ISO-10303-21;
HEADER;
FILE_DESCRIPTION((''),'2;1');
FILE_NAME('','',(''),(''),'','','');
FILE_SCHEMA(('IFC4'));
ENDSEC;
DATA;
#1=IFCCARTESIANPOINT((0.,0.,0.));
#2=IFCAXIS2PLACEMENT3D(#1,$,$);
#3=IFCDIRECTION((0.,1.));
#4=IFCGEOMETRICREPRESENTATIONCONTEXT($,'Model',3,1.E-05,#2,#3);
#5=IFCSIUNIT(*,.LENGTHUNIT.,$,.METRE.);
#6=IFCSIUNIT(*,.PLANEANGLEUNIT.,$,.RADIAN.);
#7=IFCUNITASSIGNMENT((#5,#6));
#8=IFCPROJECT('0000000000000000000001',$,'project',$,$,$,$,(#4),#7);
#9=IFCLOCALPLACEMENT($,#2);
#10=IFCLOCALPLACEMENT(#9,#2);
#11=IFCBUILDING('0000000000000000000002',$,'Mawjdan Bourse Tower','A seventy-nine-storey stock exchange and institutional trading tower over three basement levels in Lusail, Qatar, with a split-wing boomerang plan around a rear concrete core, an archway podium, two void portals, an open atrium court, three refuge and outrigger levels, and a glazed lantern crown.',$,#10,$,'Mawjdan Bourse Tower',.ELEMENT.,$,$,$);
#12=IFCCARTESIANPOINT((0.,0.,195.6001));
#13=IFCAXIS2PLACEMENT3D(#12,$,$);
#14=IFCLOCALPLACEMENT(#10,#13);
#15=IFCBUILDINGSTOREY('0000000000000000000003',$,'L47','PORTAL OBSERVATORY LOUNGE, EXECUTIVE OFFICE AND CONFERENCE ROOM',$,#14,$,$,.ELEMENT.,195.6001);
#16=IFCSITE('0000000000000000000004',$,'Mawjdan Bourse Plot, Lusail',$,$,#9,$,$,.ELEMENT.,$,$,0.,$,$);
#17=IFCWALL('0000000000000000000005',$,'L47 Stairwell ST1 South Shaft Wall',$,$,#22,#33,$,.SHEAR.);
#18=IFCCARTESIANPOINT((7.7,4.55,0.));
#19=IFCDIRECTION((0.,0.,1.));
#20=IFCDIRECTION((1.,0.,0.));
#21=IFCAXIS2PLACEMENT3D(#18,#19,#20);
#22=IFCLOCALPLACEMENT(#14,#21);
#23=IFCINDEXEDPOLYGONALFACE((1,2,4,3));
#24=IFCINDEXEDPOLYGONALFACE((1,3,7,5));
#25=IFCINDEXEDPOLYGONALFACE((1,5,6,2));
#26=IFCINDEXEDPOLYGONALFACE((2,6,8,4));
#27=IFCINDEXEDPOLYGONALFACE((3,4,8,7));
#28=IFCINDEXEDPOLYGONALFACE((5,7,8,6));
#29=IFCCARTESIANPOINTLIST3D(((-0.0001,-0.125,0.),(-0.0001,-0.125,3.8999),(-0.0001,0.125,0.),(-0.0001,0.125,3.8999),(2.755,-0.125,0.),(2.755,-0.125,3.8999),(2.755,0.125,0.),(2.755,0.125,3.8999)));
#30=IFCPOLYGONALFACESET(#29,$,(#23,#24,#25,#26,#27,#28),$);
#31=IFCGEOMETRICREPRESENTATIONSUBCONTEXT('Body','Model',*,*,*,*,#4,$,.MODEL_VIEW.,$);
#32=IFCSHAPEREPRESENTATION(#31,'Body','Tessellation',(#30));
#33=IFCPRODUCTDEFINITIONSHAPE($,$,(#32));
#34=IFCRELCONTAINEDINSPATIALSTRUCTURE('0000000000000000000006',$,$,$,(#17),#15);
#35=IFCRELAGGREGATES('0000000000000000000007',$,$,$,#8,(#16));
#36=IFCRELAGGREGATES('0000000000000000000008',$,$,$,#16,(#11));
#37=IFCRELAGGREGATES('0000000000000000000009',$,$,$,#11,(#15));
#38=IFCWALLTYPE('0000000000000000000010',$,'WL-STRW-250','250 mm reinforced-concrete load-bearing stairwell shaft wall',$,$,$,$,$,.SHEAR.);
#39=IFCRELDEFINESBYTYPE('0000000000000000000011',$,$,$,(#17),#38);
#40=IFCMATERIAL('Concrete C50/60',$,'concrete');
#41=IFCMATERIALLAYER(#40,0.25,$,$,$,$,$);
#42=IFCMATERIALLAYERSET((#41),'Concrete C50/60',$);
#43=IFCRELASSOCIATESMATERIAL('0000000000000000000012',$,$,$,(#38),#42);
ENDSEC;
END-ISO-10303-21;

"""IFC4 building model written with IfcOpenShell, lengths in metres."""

from ifc_helpers import new_model, si_unit, direction, frame, frame_2d, origin, place, context, subcontext, project, spatial, rectangle, extrude, material, layer, layer_set, type_object, element, save


model = new_model("IFC4")

# Units and contexts
model_context = context("Model", 3, precision=1e-05, world=origin(), true_north=direction((0.0, 1.0)))
body_context = subcontext(model_context, "Body", "Model", "MODEL_VIEW")
ifc_project = project(units=[si_unit("LENGTHUNIT", "METRE"), si_unit("PLANEANGLEUNIT", "RADIAN")], contexts=[model_context])

# Site, building, storey
site_placement = place(None, origin())
site = spatial("IfcSite", under=ifc_project, at=site_placement, Name="Mawjdan Bourse Plot, Lusail", CompositionType="ELEMENT", RefElevation=0.0)
building_placement = place(site_placement, origin())
building = spatial("IfcBuilding", under=site, at=building_placement, Name="Mawjdan Bourse Tower", Description="A seventy-nine-storey stock exchange and institutional trading tower over three basement levels in Lusail, Qatar, with a split-wing boomerang plan around a rear concrete core, an archway podium, two void portals, an open atrium court, three refuge and outrigger levels, and a glazed lantern crown.", LongName="Mawjdan Bourse Tower", CompositionType="ELEMENT")
storey_placement = place(building_placement, frame((0.0, 0.0, 195.6001)))
storey = spatial("IfcBuildingStorey", under=building, at=storey_placement, Name="L47", Description="PORTAL OBSERVATORY LOUNGE, EXECUTIVE OFFICE AND CONFERENCE ROOM", CompositionType="ELEMENT", Elevation=195.6001)

# Shared definitions
ifc_material_1 = material(Name="Concrete C50/60", Category="concrete")

# Wall
ifc_layer_1 = layer(ifc_material_1, 0.25)
ifc_layer_set_1 = layer_set([ifc_layer_1], Name="Concrete C50/60")
wall_type_1 = type_object("IfcWallType", Name="WL-STRW-250", Description="250 mm reinforced-concrete load-bearing stairwell shaft wall", PredefinedType="SHEAR", material=ifc_layer_set_1)
wall_1_placement = place(storey_placement, frame((7.7, 4.55, 0.0), z_axis=(0.0, 0.0, 1.0), x_axis=(1.0, 0.0, 0.0)))
element("IfcWall", 1, at=wall_1_placement, inside=storey, type_object=wall_type_1, Name="L47 Stairwell ST1 South Shaft Wall", PredefinedType="SHEAR", context=body_context, shape_type="SweptSolid", body=[
    extrude(rectangle(XDim=2.7551, YDim=0.25, at=frame_2d((1.3774, 0.0))), origin(), (0.0, 0.0, 1.0), 3.8999),
])

save(model, "model.ifc")
